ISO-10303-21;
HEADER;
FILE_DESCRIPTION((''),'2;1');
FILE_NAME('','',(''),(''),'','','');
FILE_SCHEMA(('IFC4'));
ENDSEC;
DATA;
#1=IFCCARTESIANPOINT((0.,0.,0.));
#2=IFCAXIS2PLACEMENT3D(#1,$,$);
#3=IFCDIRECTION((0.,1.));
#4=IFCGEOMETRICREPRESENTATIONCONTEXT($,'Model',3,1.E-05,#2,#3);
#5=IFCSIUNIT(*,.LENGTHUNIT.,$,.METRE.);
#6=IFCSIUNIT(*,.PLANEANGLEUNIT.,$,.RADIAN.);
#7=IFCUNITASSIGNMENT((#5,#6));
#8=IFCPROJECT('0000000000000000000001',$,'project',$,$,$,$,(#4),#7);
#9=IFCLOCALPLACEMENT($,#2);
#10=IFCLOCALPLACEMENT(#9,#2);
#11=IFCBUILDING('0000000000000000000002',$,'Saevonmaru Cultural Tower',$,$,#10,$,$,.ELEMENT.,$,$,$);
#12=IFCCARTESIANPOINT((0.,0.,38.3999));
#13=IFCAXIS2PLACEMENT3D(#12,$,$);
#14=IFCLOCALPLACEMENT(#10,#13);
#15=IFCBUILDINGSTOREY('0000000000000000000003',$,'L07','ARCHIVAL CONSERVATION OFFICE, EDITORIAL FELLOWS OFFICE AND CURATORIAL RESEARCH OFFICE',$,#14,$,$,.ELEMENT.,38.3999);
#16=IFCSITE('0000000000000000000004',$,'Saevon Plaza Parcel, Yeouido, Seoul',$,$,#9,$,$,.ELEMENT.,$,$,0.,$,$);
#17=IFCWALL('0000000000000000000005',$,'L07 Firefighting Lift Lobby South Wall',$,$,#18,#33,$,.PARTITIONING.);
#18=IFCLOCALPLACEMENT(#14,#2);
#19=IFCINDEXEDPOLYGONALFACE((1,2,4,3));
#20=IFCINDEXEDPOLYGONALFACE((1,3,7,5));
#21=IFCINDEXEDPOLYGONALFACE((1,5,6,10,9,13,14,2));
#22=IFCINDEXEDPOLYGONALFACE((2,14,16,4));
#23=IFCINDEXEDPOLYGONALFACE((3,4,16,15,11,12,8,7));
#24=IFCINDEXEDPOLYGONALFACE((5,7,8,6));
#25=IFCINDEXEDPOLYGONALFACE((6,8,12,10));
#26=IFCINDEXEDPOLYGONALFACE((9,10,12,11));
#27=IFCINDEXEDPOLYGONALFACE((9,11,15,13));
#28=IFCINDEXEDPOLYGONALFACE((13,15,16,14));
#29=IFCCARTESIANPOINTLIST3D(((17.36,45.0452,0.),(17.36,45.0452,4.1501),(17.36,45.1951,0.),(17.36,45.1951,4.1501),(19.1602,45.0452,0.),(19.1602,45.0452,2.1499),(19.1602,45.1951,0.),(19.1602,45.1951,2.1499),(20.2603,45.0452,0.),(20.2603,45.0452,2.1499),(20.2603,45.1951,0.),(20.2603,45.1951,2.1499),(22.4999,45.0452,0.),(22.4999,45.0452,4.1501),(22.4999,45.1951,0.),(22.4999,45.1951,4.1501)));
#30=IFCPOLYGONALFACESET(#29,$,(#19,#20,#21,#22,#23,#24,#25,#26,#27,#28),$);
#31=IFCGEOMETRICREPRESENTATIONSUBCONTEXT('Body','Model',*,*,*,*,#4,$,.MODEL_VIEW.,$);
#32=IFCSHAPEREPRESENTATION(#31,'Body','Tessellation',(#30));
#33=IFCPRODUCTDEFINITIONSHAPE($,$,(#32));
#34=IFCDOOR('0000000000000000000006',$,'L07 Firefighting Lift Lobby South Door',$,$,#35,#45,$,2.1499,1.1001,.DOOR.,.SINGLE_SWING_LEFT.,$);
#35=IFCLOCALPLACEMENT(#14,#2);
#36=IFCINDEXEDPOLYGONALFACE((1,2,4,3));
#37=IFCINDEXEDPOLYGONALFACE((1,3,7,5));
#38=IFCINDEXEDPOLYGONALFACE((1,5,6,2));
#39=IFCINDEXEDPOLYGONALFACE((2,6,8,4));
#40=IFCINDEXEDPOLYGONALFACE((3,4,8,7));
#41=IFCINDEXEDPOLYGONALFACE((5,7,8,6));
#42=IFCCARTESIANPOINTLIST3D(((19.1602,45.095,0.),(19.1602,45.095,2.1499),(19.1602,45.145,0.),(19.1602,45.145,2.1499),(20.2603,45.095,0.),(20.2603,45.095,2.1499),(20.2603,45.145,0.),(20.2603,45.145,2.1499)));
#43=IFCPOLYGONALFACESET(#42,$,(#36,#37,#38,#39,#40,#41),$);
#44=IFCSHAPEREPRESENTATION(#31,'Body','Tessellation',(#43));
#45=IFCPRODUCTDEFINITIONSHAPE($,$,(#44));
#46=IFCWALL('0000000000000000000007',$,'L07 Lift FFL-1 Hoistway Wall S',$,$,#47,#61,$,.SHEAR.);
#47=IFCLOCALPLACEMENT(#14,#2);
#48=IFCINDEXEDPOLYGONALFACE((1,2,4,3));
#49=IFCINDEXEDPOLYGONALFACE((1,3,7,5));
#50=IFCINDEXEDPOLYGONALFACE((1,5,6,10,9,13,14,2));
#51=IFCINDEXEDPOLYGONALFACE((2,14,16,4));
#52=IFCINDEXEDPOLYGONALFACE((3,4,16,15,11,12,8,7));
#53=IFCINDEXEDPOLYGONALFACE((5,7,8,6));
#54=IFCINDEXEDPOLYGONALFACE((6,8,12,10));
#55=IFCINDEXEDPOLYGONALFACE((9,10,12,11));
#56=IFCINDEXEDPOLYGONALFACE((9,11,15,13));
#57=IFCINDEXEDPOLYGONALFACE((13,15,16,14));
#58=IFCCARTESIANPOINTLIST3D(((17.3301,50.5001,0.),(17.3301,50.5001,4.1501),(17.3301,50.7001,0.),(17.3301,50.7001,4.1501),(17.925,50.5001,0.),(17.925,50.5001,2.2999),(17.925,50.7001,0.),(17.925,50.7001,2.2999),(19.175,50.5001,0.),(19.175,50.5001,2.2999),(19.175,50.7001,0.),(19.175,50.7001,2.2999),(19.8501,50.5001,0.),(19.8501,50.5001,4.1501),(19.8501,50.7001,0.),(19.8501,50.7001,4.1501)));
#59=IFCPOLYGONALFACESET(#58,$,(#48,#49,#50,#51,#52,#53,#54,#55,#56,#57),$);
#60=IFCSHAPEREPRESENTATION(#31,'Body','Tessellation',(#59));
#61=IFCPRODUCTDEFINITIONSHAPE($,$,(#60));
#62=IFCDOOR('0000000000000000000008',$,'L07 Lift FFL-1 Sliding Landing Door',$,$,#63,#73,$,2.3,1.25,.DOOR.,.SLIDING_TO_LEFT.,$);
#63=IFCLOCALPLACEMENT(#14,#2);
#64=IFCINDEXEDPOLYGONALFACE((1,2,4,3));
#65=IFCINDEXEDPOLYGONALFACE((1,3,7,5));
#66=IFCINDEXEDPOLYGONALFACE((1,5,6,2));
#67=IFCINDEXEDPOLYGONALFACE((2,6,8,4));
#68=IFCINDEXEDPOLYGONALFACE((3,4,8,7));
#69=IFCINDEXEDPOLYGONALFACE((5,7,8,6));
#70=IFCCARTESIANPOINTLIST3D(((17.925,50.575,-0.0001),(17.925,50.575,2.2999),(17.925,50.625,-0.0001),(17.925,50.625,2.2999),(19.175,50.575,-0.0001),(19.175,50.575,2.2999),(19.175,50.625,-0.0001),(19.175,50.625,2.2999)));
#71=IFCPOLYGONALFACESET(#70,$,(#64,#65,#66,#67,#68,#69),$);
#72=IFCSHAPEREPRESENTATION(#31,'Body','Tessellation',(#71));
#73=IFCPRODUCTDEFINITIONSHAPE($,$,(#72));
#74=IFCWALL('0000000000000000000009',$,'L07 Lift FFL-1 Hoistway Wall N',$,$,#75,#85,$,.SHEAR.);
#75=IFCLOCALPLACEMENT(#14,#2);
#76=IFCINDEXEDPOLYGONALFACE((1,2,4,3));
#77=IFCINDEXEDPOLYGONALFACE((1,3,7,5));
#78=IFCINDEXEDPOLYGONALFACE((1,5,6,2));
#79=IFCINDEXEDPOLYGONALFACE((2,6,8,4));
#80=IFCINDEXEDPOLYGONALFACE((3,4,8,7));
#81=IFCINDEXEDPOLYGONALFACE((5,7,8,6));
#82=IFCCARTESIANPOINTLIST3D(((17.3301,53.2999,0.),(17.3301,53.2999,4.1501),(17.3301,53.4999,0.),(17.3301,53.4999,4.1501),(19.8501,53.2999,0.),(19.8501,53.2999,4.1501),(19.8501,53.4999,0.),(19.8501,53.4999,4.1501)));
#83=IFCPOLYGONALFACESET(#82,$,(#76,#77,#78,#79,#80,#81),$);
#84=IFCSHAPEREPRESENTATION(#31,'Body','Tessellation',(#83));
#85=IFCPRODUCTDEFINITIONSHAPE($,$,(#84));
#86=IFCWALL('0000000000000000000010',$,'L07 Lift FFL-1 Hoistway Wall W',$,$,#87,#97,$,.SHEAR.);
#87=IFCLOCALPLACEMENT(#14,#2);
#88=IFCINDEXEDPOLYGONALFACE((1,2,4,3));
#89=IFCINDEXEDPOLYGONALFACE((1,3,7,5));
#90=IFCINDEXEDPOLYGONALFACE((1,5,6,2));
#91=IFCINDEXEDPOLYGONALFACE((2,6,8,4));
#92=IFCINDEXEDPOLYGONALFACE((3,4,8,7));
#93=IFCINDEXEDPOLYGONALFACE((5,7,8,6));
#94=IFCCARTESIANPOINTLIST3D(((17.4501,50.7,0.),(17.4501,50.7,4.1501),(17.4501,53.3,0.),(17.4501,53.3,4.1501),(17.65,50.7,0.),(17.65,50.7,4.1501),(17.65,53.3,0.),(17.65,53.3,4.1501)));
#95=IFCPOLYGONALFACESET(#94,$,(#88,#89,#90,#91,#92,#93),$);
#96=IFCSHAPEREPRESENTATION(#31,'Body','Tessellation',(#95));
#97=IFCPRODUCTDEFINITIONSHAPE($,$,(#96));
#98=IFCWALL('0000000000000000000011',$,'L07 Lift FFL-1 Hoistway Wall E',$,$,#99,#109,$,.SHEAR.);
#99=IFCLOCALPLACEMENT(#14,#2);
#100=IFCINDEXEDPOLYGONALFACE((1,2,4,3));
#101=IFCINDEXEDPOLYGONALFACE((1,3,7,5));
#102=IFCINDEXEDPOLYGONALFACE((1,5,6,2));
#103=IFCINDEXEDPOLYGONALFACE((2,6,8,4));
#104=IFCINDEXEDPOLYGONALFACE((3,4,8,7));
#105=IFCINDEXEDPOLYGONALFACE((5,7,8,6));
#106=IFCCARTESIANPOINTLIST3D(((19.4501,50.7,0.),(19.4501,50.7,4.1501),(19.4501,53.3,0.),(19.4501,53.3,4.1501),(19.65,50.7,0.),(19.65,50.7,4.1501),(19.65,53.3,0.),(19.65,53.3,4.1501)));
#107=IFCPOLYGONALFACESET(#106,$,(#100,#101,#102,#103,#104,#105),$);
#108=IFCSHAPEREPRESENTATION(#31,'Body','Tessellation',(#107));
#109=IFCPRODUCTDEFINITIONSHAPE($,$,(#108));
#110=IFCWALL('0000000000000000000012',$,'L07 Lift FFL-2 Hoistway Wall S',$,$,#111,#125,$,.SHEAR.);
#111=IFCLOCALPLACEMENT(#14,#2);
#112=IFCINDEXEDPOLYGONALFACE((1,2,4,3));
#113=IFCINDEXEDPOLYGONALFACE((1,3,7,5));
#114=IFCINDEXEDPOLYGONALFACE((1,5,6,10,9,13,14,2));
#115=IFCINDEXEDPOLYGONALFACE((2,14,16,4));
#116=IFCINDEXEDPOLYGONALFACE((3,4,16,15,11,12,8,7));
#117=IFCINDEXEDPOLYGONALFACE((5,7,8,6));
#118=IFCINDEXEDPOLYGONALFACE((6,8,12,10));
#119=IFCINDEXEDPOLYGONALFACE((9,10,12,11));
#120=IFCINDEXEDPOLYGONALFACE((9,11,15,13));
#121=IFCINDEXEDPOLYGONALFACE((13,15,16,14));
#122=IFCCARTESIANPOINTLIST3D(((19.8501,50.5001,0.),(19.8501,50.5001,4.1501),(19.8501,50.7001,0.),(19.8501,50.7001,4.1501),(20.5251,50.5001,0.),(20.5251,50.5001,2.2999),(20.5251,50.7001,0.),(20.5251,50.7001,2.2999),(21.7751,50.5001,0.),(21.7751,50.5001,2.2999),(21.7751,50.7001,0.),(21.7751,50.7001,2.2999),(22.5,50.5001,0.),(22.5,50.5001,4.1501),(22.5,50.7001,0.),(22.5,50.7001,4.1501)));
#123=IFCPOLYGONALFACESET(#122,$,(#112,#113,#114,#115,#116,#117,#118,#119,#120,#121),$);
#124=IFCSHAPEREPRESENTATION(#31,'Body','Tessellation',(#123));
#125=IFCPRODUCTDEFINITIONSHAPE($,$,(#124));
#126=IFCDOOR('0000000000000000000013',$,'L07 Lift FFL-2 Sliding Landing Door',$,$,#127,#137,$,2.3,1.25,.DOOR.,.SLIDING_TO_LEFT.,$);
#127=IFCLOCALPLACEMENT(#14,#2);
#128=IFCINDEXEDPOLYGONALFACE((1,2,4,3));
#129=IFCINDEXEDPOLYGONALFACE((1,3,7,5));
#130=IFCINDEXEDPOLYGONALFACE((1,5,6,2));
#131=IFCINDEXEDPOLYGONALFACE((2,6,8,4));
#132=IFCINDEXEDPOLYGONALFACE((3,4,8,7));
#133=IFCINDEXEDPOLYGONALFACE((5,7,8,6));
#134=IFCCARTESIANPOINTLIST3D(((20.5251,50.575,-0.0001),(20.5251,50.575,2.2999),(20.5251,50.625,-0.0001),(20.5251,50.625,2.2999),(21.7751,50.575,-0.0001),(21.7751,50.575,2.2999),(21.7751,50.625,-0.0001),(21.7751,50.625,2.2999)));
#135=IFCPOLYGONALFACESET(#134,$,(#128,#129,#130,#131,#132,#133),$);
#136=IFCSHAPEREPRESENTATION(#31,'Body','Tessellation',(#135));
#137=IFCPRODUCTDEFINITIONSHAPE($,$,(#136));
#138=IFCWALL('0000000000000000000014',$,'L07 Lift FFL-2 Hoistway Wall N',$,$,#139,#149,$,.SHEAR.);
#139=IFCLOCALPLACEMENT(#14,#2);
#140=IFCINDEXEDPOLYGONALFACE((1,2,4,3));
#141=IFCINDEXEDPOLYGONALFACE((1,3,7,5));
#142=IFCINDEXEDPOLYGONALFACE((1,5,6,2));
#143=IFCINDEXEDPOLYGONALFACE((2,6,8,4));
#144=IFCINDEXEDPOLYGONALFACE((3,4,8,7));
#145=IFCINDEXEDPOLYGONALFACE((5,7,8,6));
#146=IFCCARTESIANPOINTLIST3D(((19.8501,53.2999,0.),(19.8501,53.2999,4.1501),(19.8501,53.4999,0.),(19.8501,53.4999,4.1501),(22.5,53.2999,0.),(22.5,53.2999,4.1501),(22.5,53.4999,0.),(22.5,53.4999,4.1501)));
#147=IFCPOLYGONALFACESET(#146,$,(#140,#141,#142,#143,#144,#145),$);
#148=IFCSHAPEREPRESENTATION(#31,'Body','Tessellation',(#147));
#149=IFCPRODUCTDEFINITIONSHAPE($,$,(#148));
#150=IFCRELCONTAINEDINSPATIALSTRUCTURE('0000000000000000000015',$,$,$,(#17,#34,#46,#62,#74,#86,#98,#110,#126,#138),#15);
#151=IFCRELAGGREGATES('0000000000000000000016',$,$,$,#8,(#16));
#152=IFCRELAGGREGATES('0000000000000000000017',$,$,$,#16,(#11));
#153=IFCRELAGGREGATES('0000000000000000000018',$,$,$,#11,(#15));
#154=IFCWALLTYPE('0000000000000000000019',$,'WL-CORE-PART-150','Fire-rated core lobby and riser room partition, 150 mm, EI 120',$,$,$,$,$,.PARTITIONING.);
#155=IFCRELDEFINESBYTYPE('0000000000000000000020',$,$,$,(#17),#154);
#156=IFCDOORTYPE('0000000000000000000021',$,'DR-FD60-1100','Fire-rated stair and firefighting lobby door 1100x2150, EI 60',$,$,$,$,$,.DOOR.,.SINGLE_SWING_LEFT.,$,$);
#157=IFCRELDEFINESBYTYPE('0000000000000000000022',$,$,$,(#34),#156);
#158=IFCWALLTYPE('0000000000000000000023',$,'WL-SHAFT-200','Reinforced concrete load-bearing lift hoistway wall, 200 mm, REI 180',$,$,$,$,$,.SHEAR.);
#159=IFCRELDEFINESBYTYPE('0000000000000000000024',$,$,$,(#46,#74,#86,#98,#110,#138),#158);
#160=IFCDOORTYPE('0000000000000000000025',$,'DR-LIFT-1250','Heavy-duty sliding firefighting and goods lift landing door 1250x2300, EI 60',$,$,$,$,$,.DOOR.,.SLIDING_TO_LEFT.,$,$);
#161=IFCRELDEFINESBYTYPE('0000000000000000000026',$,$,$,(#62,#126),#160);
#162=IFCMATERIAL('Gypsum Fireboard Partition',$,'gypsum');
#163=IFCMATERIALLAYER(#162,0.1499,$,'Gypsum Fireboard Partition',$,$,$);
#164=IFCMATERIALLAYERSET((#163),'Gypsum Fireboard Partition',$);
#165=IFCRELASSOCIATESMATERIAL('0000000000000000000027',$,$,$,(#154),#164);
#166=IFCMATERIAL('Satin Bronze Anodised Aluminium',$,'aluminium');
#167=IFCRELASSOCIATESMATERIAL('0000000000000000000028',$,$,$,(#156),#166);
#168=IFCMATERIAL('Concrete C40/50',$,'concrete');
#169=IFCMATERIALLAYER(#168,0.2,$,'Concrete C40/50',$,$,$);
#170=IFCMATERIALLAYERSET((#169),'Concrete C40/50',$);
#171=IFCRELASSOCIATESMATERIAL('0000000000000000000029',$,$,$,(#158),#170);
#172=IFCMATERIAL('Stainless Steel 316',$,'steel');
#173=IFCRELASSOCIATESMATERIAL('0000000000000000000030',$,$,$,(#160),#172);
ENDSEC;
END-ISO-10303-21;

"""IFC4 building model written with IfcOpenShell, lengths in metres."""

from ifc_helpers import new_model, si_unit, direction, frame, frame_2d, origin, place, context, subcontext, project, spatial, rectangle, extrude, material, layer, layer_set, type_object, element, fill, save


model = new_model("IFC4")

# Units and contexts
model_context = context("Model", 3, precision=1e-05, world=origin(), true_north=direction((0.0, 1.0)))
body_context = subcontext(model_context, "Body", "Model", "MODEL_VIEW")
ifc_project = project(units=[si_unit("LENGTHUNIT", "METRE"), si_unit("PLANEANGLEUNIT", "RADIAN")], contexts=[model_context])

# Site, building, storey
site_placement = place(None, origin())
site = spatial("IfcSite", under=ifc_project, at=site_placement, Name="Saevon Plaza Parcel, Yeouido, Seoul", CompositionType="ELEMENT", RefElevation=0.0)
building_placement = place(site_placement, origin())
building = spatial("IfcBuilding", under=site, at=building_placement, Name="Saevonmaru Cultural Tower", CompositionType="ELEMENT")
storey_placement = place(building_placement, frame((0.0, 0.0, 38.3999)))
storey = spatial("IfcBuildingStorey", under=building, at=storey_placement, Name="L07", Description="ARCHIVAL CONSERVATION OFFICE, EDITORIAL FELLOWS OFFICE AND CURATORIAL RESEARCH OFFICE", CompositionType="ELEMENT", Elevation=38.3999)

# Shared definitions
ifc_material_1 = material(Name="Satin Bronze Anodised Aluminium", Category="aluminium")

# Walls, openings, doors
ifc_material_2 = material(Name="Gypsum Fireboard Partition", Category="gypsum")
ifc_layer_1 = layer(ifc_material_2, 0.1499, Name="Gypsum Fireboard Partition")
ifc_layer_set_1 = layer_set([ifc_layer_1], Name="Gypsum Fireboard Partition")
wall_type_1 = type_object("IfcWallType", Name="WL-CORE-PART-150", Description="Fire-rated core lobby and riser room partition, 150 mm, EI 120", PredefinedType="PARTITIONING", material=ifc_layer_set_1)
wall_1_placement = place(storey_placement, frame((17.3601, 45.1201, 0.0), z_axis=(0.0, 0.0, 1.0), x_axis=(1.0, 0.0, 0.0)))
wall_1 = element("IfcWall", 1, at=wall_1_placement, inside=storey, type_object=wall_type_1, Name="L07 Firefighting Lift Lobby South Wall", PredefinedType="PARTITIONING", context=body_context, shape_type="SweptSolid", body=[
    extrude(rectangle(XDim=5.1399, YDim=0.1499, at=frame_2d((2.5698, 0.0))), origin(), (0.0, 0.0, 1.0), 4.1501),
])
opening_1_placement = place(wall_1_placement, frame((1.8, 0.0, 0.0)))
opening_1 = element("IfcOpeningElement", 2, at=opening_1_placement, cuts=wall_1, PredefinedType="OPENING", context=body_context, shape_type="SweptSolid", body=[
    extrude(rectangle(XDim=1.1001, YDim=2.1499, at=frame_2d((0.55, 1.075))), frame((0.0, 0.085, 0.0), z_axis=(0.0, -1.0, 0.0), x_axis=(1.0, 0.0, 0.0)), (0.0, 0.0, 1.0), 0.1699),
])
door_type_1 = type_object("IfcDoorType", Name="DR-FD60-1100", Description="Fire-rated stair and firefighting lobby door 1100x2150, EI 60", OperationType="SINGLE_SWING_LEFT", PredefinedType="DOOR", material=ifc_material_1)
door_1_placement = place(opening_1_placement, origin())
door_1 = element("IfcDoor", 3, at=door_1_placement, inside=storey, type_object=door_type_1, Name="L07 Firefighting Lift Lobby South Door", OperationType="SINGLE_SWING_LEFT", OverallHeight=2.1499, OverallWidth=1.1001, PredefinedType="DOOR", context=body_context, shape_type="SweptSolid", body=[
    extrude(rectangle(XDim=1.1001, YDim=2.1499, at=frame_2d((0.55, 1.075))), frame((0.0, 0.0249, 0.0), z_axis=(0.0, -1.0, 0.0), x_axis=(1.0, 0.0, 0.0)), (0.0, 0.0, 1.0), 0.05),
])
fill(opening_1, door_1)
ifc_material_3 = material(Name="Concrete C40/50", Category="concrete")
ifc_layer_2 = layer(ifc_material_3, 0.2, Name="Concrete C40/50")
ifc_layer_set_2 = layer_set([ifc_layer_2], Name="Concrete C40/50")
wall_type_2 = type_object("IfcWallType", Name="WL-SHAFT-200", Description="Reinforced concrete load-bearing lift hoistway wall, 200 mm, REI 180", PredefinedType="SHEAR", material=ifc_layer_set_2)
wall_2_placement = place(storey_placement, frame((17.3301, 50.6001, 0.0), z_axis=(0.0, 0.0, 1.0), x_axis=(1.0, 0.0, 0.0)))
wall_2 = element("IfcWall", 4, at=wall_2_placement, inside=storey, type_object=wall_type_2, Name="L07 Lift FFL-1 Hoistway Wall S", PredefinedType="SHEAR", context=body_context, shape_type="SweptSolid", body=[
    extrude(rectangle(XDim=2.52, YDim=0.2, at=frame_2d((1.26, 0.0))), origin(), (0.0, 0.0, 1.0), 4.1501),
])
opening_2_placement = place(wall_2_placement, frame((0.595, 0.0, 0.0)))
opening_2 = element("IfcOpeningElement", 5, at=opening_2_placement, cuts=wall_2, PredefinedType="OPENING", context=body_context, shape_type="SweptSolid", body=[
    extrude(rectangle(XDim=1.25, YDim=2.3, at=frame_2d((0.625, 1.1499))), frame((0.0, 0.1099, 0.0), z_axis=(0.0, -1.0, 0.0), x_axis=(1.0, 0.0, 0.0)), (0.0, 0.0, 1.0), 0.22),
])
ifc_material_4 = material(Name="Stainless Steel 316", Category="steel")
door_type_2 = type_object("IfcDoorType", Name="DR-LIFT-1250", Description="Heavy-duty sliding firefighting and goods lift landing door 1250x2300, EI 60", OperationType="SLIDING_TO_LEFT", PredefinedType="DOOR", material=ifc_material_4)
door_2_placement = place(opening_2_placement, origin())
door_2 = element("IfcDoor", 6, at=door_2_placement, inside=storey, type_object=door_type_2, Name="L07 Lift FFL-1 Sliding Landing Door", OperationType="SLIDING_TO_LEFT", OverallHeight=2.3, OverallWidth=1.25, PredefinedType="DOOR", context=body_context, shape_type="SweptSolid", body=[
    extrude(rectangle(XDim=1.25, YDim=2.3, at=frame_2d((0.625, 1.1499))), frame((0.0, 0.0249, 0.0), z_axis=(0.0, -1.0, 0.0), x_axis=(1.0, 0.0, 0.0)), (0.0, 0.0, 1.0), 0.05),
])
fill(opening_2, door_2)

# Walls
wall_3_placement = place(storey_placement, frame((17.3301, 53.3999, 0.0), z_axis=(0.0, 0.0, 1.0), x_axis=(1.0, 0.0, 0.0)))
element("IfcWall", 7, at=wall_3_placement, inside=storey, type_object=wall_type_2, Name="L07 Lift FFL-1 Hoistway Wall N", PredefinedType="SHEAR", context=body_context, shape_type="SweptSolid", body=[
    extrude(rectangle(XDim=2.52, YDim=0.2, at=frame_2d((1.26, 0.0))), origin(), (0.0, 0.0, 1.0), 4.1501),
])
for number, where, z_axis, x_axis, name in (
    (8, (17.55, 50.7, 0.0), (0.0, 0.0, 1.0), (0.0, 1.0, 0.0), "L07 Lift FFL-1 Hoistway Wall W"),
    (9, (19.55, 50.7, 0.0), (0.0, 0.0, 1.0), (0.0, 1.0, 0.0), "L07 Lift FFL-1 Hoistway Wall E"),
):
    element("IfcWall", number, at=place(storey_placement, frame(where, z_axis=z_axis, x_axis=x_axis)), inside=storey, type_object=wall_type_2, Name=name, PredefinedType="SHEAR", context=body_context, shape_type="SweptSolid", body=[
        extrude(rectangle(XDim=2.6001, YDim=0.2, at=frame_2d((1.3, 0.0))), origin(), (0.0, 0.0, 1.0), 4.1501),
    ])

# Wall, opening, door
wall_4_placement = place(storey_placement, frame((19.8501, 50.6001, 0.0), z_axis=(0.0, 0.0, 1.0), x_axis=(1.0, 0.0, 0.0)))
wall_4 = element("IfcWall", 10, at=wall_4_placement, inside=storey, type_object=wall_type_2, Name="L07 Lift FFL-2 Hoistway Wall S", PredefinedType="SHEAR", context=body_context, shape_type="SweptSolid", body=[
    extrude(rectangle(XDim=2.6499, YDim=0.2, at=frame_2d((1.325, 0.0))), origin(), (0.0, 0.0, 1.0), 4.1501),
])
opening_3_placement = place(wall_4_placement, frame((0.675, 0.0, 0.0)))
opening_3 = element("IfcOpeningElement", 11, at=opening_3_placement, cuts=wall_4, PredefinedType="OPENING", context=body_context, shape_type="SweptSolid", body=[
    extrude(rectangle(XDim=1.25, YDim=2.3, at=frame_2d((0.625, 1.1499))), frame((0.0, 0.1099, 0.0), z_axis=(0.0, -1.0, 0.0), x_axis=(1.0, 0.0, 0.0)), (0.0, 0.0, 1.0), 0.22),
])
door_3_placement = place(opening_3_placement, origin())
door_3 = element("IfcDoor", 12, at=door_3_placement, inside=storey, type_object=door_type_2, Name="L07 Lift FFL-2 Sliding Landing Door", OperationType="SLIDING_TO_LEFT", OverallHeight=2.3, OverallWidth=1.25, PredefinedType="DOOR", context=body_context, shape_type="SweptSolid", body=[
    extrude(rectangle(XDim=1.25, YDim=2.3, at=frame_2d((0.625, 1.1499))), frame((0.0, 0.0249, 0.0), z_axis=(0.0, -1.0, 0.0), x_axis=(1.0, 0.0, 0.0)), (0.0, 0.0, 1.0), 0.05),
])
fill(opening_3, door_3)

# Wall
wall_5_placement = place(storey_placement, frame((19.8501, 53.3999, 0.0), z_axis=(0.0, 0.0, 1.0), x_axis=(1.0, 0.0, 0.0)))
element("IfcWall", 13, at=wall_5_placement, inside=storey, type_object=wall_type_2, Name="L07 Lift FFL-2 Hoistway Wall N", PredefinedType="SHEAR", context=body_context, shape_type="SweptSolid", body=[
    extrude(rectangle(XDim=2.6499, YDim=0.2, at=frame_2d((1.325, 0.0))), origin(), (0.0, 0.0, 1.0), 4.1501),
])

save(model, "model.ifc")
